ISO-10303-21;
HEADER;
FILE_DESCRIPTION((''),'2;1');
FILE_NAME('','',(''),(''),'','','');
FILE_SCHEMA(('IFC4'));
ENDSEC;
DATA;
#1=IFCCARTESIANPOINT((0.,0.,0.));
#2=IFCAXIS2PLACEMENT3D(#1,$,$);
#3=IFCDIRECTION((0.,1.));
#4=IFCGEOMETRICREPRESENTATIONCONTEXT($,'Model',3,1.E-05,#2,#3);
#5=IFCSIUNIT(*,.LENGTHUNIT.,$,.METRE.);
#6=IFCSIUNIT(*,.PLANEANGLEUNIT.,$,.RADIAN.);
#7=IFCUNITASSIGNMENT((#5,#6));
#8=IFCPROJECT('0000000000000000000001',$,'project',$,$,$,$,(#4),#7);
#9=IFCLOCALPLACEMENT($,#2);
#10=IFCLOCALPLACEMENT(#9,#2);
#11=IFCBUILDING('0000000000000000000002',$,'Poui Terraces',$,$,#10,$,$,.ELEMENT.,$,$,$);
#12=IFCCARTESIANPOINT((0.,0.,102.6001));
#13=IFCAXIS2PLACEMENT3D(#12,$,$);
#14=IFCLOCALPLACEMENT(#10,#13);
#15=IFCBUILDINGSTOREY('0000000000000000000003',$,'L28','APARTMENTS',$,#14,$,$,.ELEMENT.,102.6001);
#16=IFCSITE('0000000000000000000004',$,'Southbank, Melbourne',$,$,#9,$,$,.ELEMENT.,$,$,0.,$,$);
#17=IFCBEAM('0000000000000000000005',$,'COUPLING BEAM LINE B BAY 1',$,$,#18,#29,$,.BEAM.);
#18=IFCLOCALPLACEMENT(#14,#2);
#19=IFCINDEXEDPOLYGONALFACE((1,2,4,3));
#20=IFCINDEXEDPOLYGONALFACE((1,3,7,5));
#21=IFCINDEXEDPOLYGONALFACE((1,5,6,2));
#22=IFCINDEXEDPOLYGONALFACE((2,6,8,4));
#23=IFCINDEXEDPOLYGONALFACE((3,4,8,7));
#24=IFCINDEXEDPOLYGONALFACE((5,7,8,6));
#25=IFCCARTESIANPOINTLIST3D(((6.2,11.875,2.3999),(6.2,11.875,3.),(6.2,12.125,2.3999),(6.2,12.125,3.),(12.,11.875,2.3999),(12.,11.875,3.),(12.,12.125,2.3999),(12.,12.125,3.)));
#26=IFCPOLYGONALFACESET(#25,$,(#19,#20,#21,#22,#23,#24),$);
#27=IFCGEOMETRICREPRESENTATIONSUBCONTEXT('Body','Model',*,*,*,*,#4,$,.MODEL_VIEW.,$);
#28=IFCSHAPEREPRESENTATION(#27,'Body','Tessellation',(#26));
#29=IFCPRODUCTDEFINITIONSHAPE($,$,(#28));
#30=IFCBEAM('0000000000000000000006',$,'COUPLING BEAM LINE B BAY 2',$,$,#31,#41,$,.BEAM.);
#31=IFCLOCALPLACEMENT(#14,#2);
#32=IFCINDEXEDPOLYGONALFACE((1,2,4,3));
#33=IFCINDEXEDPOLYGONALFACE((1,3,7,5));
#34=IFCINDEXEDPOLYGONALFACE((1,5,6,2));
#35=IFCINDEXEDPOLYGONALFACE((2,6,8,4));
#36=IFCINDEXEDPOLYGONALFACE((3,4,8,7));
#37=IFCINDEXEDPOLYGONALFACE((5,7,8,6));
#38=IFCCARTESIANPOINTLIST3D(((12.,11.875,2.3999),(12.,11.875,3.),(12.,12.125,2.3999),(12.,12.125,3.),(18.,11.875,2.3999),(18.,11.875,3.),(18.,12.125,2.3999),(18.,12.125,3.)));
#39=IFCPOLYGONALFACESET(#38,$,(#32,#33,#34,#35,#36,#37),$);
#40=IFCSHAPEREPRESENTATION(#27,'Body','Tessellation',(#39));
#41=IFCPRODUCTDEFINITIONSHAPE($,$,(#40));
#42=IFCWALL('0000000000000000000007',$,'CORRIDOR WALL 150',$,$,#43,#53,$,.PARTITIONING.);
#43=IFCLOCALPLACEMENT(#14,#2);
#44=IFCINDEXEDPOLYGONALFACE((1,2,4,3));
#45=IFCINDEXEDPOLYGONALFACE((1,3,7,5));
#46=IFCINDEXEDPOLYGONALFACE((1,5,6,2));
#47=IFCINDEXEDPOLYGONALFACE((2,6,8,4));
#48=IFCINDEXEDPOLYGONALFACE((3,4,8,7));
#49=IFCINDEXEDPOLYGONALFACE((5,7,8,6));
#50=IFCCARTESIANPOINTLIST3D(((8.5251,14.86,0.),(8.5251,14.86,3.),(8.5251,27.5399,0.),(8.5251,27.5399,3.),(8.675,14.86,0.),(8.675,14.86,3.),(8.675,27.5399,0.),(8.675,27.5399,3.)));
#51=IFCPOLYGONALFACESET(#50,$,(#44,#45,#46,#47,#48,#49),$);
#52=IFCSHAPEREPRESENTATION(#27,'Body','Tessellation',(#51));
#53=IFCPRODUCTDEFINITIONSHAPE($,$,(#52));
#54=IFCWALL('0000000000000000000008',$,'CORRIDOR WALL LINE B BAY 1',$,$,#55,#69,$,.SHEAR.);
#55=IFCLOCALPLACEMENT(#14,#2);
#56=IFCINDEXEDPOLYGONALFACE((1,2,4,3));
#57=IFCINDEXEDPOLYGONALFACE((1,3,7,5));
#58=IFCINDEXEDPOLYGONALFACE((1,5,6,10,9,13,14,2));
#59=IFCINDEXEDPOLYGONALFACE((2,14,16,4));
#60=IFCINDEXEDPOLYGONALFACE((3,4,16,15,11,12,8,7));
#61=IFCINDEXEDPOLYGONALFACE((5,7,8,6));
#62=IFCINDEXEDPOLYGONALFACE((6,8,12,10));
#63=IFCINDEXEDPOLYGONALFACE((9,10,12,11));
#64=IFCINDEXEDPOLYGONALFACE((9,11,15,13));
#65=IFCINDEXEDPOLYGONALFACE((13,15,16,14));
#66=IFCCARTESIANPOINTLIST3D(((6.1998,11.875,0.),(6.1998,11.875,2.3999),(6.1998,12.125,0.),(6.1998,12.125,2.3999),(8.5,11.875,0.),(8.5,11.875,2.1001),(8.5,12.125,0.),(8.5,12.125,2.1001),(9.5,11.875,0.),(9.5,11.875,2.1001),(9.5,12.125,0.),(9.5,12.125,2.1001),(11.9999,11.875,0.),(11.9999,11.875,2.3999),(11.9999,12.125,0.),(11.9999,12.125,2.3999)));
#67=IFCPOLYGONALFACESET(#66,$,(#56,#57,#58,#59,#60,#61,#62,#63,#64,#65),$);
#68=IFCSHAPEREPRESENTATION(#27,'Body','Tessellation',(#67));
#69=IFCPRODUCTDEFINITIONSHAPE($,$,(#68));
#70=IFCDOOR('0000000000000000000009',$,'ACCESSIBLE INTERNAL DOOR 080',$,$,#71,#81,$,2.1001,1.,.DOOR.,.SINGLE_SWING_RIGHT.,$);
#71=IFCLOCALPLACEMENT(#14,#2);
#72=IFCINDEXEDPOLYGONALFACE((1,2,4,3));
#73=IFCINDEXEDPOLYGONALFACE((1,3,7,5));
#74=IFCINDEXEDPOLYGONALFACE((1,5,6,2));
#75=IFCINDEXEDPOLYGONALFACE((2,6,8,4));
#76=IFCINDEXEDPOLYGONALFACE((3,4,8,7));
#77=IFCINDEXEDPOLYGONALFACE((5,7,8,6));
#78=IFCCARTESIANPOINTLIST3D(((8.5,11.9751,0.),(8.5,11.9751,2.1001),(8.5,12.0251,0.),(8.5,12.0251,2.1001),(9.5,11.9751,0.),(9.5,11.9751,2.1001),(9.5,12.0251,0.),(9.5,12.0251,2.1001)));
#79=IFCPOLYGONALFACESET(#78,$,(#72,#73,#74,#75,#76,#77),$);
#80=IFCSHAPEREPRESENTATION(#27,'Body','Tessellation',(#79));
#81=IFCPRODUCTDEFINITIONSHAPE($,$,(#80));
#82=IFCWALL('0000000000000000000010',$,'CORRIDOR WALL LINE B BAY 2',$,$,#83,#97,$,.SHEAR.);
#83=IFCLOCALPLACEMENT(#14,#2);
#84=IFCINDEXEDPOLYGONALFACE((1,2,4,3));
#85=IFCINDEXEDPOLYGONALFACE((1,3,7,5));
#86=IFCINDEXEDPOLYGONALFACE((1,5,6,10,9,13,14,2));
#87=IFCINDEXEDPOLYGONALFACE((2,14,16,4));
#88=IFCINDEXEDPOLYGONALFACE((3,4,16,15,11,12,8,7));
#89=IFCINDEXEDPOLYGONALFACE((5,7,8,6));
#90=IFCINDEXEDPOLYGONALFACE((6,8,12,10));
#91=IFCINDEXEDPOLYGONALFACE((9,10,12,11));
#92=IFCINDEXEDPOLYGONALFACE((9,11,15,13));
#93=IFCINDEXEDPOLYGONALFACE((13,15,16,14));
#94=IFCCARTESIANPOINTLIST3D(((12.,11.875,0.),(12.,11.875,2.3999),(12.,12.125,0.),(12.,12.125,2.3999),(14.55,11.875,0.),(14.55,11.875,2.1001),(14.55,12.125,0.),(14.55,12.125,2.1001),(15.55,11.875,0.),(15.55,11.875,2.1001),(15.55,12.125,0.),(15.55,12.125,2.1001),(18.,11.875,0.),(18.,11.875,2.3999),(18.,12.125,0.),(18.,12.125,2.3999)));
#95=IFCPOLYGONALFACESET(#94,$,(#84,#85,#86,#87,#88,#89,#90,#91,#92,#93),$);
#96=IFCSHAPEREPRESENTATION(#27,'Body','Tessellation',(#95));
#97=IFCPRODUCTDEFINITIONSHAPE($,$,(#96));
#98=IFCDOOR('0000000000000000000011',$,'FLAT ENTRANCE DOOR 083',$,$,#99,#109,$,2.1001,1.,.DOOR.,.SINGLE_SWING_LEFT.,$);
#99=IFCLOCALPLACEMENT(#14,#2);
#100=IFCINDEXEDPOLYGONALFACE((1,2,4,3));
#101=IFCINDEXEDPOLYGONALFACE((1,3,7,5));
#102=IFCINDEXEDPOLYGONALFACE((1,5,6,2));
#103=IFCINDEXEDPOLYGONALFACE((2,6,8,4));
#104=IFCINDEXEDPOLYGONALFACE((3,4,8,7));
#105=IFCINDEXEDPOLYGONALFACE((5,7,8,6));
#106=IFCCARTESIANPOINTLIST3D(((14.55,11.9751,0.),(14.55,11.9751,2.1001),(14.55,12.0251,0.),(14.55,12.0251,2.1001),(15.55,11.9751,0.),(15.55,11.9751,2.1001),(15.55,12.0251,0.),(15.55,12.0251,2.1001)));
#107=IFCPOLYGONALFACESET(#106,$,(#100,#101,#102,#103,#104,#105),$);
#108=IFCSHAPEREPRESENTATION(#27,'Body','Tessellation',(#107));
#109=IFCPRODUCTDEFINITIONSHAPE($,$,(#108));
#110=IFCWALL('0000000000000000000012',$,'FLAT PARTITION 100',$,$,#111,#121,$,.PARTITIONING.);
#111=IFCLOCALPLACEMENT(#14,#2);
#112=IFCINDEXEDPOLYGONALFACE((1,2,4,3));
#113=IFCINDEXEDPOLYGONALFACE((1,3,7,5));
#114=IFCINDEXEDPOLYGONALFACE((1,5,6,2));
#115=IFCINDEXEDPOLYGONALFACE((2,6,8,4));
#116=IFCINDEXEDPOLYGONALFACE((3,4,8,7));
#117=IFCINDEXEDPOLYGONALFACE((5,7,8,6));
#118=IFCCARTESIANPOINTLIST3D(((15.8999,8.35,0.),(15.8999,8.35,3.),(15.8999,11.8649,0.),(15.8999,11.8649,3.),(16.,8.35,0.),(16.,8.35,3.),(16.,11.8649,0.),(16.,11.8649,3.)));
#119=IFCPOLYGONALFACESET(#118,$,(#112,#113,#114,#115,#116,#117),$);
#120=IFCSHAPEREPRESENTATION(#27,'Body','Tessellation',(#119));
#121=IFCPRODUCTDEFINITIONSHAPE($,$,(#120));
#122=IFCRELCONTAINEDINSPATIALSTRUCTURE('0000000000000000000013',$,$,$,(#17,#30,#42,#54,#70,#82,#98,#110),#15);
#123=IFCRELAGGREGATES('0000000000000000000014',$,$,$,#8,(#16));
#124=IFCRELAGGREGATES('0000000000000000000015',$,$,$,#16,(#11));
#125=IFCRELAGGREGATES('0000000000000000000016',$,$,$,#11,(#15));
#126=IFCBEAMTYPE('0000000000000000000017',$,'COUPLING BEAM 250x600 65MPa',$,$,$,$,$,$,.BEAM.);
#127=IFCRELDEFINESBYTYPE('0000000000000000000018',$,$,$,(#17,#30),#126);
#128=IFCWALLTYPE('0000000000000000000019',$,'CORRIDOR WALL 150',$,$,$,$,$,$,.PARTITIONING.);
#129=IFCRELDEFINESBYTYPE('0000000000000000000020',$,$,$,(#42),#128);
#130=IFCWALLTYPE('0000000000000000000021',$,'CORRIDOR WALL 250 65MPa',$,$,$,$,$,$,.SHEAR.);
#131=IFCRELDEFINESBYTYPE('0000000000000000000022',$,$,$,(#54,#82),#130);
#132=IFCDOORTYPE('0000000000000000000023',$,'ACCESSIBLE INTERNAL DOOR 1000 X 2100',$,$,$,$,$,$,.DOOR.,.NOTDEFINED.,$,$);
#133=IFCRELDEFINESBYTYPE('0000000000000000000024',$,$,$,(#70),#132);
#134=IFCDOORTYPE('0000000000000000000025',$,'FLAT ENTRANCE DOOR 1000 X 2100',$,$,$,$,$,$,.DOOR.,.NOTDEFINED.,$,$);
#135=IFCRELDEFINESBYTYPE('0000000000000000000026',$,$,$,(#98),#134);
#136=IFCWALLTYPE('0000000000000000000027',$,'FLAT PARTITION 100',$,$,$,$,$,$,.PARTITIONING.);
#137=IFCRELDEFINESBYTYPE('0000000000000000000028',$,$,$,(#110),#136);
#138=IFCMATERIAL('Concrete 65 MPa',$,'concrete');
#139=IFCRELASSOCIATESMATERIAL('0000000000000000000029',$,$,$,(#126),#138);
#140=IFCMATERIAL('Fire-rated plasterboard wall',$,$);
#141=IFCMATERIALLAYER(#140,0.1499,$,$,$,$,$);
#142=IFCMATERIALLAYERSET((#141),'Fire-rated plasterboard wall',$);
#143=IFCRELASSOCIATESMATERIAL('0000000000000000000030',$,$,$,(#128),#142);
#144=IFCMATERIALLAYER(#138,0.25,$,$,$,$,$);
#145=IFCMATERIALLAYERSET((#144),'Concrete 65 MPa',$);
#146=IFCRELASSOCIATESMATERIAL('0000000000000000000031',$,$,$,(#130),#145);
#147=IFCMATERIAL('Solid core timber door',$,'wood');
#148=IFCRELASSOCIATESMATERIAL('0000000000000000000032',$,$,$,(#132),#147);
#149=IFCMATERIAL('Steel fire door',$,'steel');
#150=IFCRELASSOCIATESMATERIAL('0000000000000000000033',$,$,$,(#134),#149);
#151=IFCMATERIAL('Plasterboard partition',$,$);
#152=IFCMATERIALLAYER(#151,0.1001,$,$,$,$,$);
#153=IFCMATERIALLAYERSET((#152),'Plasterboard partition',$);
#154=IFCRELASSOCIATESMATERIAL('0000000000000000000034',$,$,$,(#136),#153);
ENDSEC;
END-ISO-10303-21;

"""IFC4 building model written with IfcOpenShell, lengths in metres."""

from ifc_helpers import new_model, si_unit, direction, frame, frame_2d, origin, origin_2d, place, context, subcontext, project, spatial, rectangle, extrude, source, transform, mapped, material, layer, layer_set, material_profile, profile_set, type_object, element, fill, save


model = new_model("IFC4")

# Units and contexts
model_context = context("Model", 3, precision=1e-05, world=origin(), true_north=direction((0.0, 1.0)))
body_context = subcontext(model_context, "Body", "Model", "MODEL_VIEW")
ifc_project = project(units=[si_unit("LENGTHUNIT", "METRE"), si_unit("PLANEANGLEUNIT", "RADIAN")], contexts=[model_context])

# Site, building, storey
site_placement = place(None, origin())
site = spatial("IfcSite", under=ifc_project, at=site_placement, Name="Southbank, Melbourne", CompositionType="ELEMENT", RefElevation=0.0)
building_placement = place(site_placement, origin())
building = spatial("IfcBuilding", under=site, at=building_placement, Name="Poui Terraces", CompositionType="ELEMENT")
storey_placement = place(building_placement, frame((0.0, 0.0, 102.6001)))
storey = spatial("IfcBuildingStorey", under=building, at=storey_placement, Name="L28", Description="APARTMENTS", CompositionType="ELEMENT", Elevation=102.6001)

# Beams
ifc_material_1 = material(Name="Concrete 65 MPa", Category="concrete")
ifc_material_profile = material_profile(ifc_material_1, rectangle(XDim=0.25, YDim=0.6001, at=origin_2d()), Name="RC 250x600")
ifc_profile_set = profile_set([ifc_material_profile], Name="Concrete 65 MPa")
beam_type = type_object("IfcBeamType", Name="COUPLING BEAM 250x600 65MPa", PredefinedType="BEAM", material=ifc_profile_set)
shared_shape_1 = source(origin(), body_context, "Body", "SweptSolid", [
    extrude(rectangle(XDim=0.25, YDim=0.6001, at=origin_2d()), origin(), (0.0, 0.0, 1.0), 5.8),
])
beam_1_placement = place(storey_placement, frame((6.2, 12.0, 2.7), z_axis=(1.0, 0.0, 0.0), x_axis=(0.0, 1.0, 0.0)))
element("IfcBeam", 1, at=beam_1_placement, inside=storey, type_object=beam_type, Name="COUPLING BEAM LINE B BAY 1", PredefinedType="BEAM", context=body_context, shape_type="MappedRepresentation", body=[
    mapped(shared_shape_1, transform((0.0, 0.0, 0.0))),
])
shared_shape_2 = source(origin(), body_context, "Body", "SweptSolid", [
    extrude(rectangle(XDim=0.25, YDim=0.6001, at=origin_2d()), origin(), (0.0, 0.0, 1.0), 6.0),
])
beam_2_placement = place(storey_placement, frame((12.0, 12.0, 2.7), z_axis=(1.0, 0.0, 0.0), x_axis=(0.0, 1.0, 0.0)))
element("IfcBeam", 2, at=beam_2_placement, inside=storey, type_object=beam_type, Name="COUPLING BEAM LINE B BAY 2", PredefinedType="BEAM", context=body_context, shape_type="MappedRepresentation", body=[
    mapped(shared_shape_2, transform((0.0, 0.0, 0.0))),
])

# Wall
ifc_material_2 = material(Name="Fire-rated plasterboard wall")
ifc_layer_1 = layer(ifc_material_2, 0.1499)
ifc_layer_set_1 = layer_set([ifc_layer_1], Name="Fire-rated plasterboard wall")
wall_type_1 = type_object("IfcWallType", Name="CORRIDOR WALL 150", PredefinedType="PARTITIONING", material=ifc_layer_set_1)
wall_1_placement = place(storey_placement, frame((8.6001, 14.8601, 0.0), z_axis=(0.0, 0.0, 1.0), x_axis=(0.0, 1.0, 0.0)))
element("IfcWall", 3, at=wall_1_placement, inside=storey, type_object=wall_type_1, Name="CORRIDOR WALL 150", PredefinedType="PARTITIONING", context=body_context, shape_type="SweptSolid", body=[
    extrude(rectangle(XDim=12.6799, YDim=0.1499, at=frame_2d((6.3398, 0.0))), origin(), (0.0, 0.0, 1.0), 3.0),
])

# Walls, openings, doors
ifc_layer_2 = layer(ifc_material_1, 0.25)
ifc_layer_set_2 = layer_set([ifc_layer_2], Name="Concrete 65 MPa")
wall_type_2 = type_object("IfcWallType", Name="CORRIDOR WALL 250 65MPa", PredefinedType="SHEAR", material=ifc_layer_set_2)
wall_2_placement = place(storey_placement, frame((6.2, 12.0, 0.0), z_axis=(0.0, 0.0, 1.0), x_axis=(1.0, 0.0, 0.0)))
wall_2 = element("IfcWall", 4, at=wall_2_placement, inside=storey, type_object=wall_type_2, Name="CORRIDOR WALL LINE B BAY 1", PredefinedType="SHEAR", context=body_context, shape_type="SweptSolid", body=[
    extrude(rectangle(XDim=5.8, YDim=0.25, at=frame_2d((2.8999, 0.0))), origin(), (0.0, 0.0, 1.0), 2.3999),
])
opening_1_placement = place(wall_2_placement, frame((2.3, 0.0, 0.0)))
opening_1 = element("IfcOpeningElement", 5, at=opening_1_placement, cuts=wall_2, PredefinedType="OPENING", context=body_context, shape_type="SweptSolid", body=[
    extrude(rectangle(XDim=1.0, YDim=2.1001, at=frame_2d((0.5, 1.05))), frame((0.0, 0.135, 0.0), z_axis=(0.0, -1.0, 0.0), x_axis=(1.0, 0.0, 0.0)), (0.0, 0.0, 1.0), 0.27),
])
ifc_material_3 = material(Name="Solid core timber door", Category="wood")
door_type_1 = type_object("IfcDoorType", Name="ACCESSIBLE INTERNAL DOOR 1000 X 2100", OperationType="NOTDEFINED", PredefinedType="DOOR", material=ifc_material_3)
door_1_placement = place(opening_1_placement, frame((1.0, 0.0, 0.0), z_axis=(0.0, 0.0, 1.0), x_axis=(-1.0, 0.0, 0.0)))
door_1 = element("IfcDoor", 6, at=door_1_placement, inside=storey, type_object=door_type_1, Name="ACCESSIBLE INTERNAL DOOR 080", OperationType="SINGLE_SWING_RIGHT", OverallHeight=2.1001, OverallWidth=1.0, PredefinedType="DOOR", context=body_context, shape_type="SweptSolid", body=[
    extrude(rectangle(XDim=1.0, YDim=2.1001, at=frame_2d((0.5, 1.05))), frame((0.0, 0.0249, 0.0), z_axis=(0.0, -1.0, 0.0), x_axis=(1.0, 0.0, 0.0)), (0.0, 0.0, 1.0), 0.05),
])
fill(opening_1, door_1)
wall_3_placement = place(storey_placement, frame((12.0, 12.0, 0.0), z_axis=(0.0, 0.0, 1.0), x_axis=(1.0, 0.0, 0.0)))
wall_3 = element("IfcWall", 7, at=wall_3_placement, inside=storey, type_object=wall_type_2, Name="CORRIDOR WALL LINE B BAY 2", PredefinedType="SHEAR", context=body_context, shape_type="SweptSolid", body=[
    extrude(rectangle(XDim=6.0, YDim=0.25, at=frame_2d((3.0, 0.0))), origin(), (0.0, 0.0, 1.0), 2.3999),
])
opening_2_placement = place(wall_3_placement, frame((2.55, 0.0, 0.0)))
opening_2 = element("IfcOpeningElement", 8, at=opening_2_placement, cuts=wall_3, PredefinedType="OPENING", context=body_context, shape_type="SweptSolid", body=[
    extrude(rectangle(XDim=1.0, YDim=2.1001, at=frame_2d((0.5, 1.05))), frame((0.0, 0.135, 0.0), z_axis=(0.0, -1.0, 0.0), x_axis=(1.0, 0.0, 0.0)), (0.0, 0.0, 1.0), 0.27),
])
ifc_material_4 = material(Name="Steel fire door", Category="steel")
door_type_2 = type_object("IfcDoorType", Name="FLAT ENTRANCE DOOR 1000 X 2100", OperationType="NOTDEFINED", PredefinedType="DOOR", material=ifc_material_4)
door_2_placement = place(opening_2_placement, frame((1.0, 0.0, 0.0), z_axis=(0.0, 0.0, 1.0), x_axis=(-1.0, 0.0, 0.0)))
door_2 = element("IfcDoor", 9, at=door_2_placement, inside=storey, type_object=door_type_2, Name="FLAT ENTRANCE DOOR 083", OperationType="SINGLE_SWING_LEFT", OverallHeight=2.1001, OverallWidth=1.0, PredefinedType="DOOR", context=body_context, shape_type="SweptSolid", body=[
    extrude(rectangle(XDim=1.0, YDim=2.1001, at=frame_2d((0.5, 1.05))), frame((0.0, 0.0249, 0.0), z_axis=(0.0, -1.0, 0.0), x_axis=(1.0, 0.0, 0.0)), (0.0, 0.0, 1.0), 0.05),
])
fill(opening_2, door_2)

# Wall
ifc_material_5 = material(Name="Plasterboard partition")
ifc_layer_3 = layer(ifc_material_5, 0.1001)
ifc_layer_set_3 = layer_set([ifc_layer_3], Name="Plasterboard partition")
wall_type_3 = type_object("IfcWallType", Name="FLAT PARTITION 100", PredefinedType="PARTITIONING", material=ifc_layer_set_3)
wall_4_placement = place(storey_placement, frame((15.95, 8.3501, 0.0), z_axis=(0.0, 0.0, 1.0), x_axis=(0.0, 1.0, 0.0)))
element("IfcWall", 10, at=wall_4_placement, inside=storey, type_object=wall_type_3, Name="FLAT PARTITION 100", PredefinedType="PARTITIONING", context=body_context, shape_type="SweptSolid", body=[
    extrude(rectangle(XDim=3.5149, YDim=0.1001, at=frame_2d((1.7573, 0.0))), origin(), (0.0, 0.0, 1.0), 3.0),
])

save(model, "model.ifc")
